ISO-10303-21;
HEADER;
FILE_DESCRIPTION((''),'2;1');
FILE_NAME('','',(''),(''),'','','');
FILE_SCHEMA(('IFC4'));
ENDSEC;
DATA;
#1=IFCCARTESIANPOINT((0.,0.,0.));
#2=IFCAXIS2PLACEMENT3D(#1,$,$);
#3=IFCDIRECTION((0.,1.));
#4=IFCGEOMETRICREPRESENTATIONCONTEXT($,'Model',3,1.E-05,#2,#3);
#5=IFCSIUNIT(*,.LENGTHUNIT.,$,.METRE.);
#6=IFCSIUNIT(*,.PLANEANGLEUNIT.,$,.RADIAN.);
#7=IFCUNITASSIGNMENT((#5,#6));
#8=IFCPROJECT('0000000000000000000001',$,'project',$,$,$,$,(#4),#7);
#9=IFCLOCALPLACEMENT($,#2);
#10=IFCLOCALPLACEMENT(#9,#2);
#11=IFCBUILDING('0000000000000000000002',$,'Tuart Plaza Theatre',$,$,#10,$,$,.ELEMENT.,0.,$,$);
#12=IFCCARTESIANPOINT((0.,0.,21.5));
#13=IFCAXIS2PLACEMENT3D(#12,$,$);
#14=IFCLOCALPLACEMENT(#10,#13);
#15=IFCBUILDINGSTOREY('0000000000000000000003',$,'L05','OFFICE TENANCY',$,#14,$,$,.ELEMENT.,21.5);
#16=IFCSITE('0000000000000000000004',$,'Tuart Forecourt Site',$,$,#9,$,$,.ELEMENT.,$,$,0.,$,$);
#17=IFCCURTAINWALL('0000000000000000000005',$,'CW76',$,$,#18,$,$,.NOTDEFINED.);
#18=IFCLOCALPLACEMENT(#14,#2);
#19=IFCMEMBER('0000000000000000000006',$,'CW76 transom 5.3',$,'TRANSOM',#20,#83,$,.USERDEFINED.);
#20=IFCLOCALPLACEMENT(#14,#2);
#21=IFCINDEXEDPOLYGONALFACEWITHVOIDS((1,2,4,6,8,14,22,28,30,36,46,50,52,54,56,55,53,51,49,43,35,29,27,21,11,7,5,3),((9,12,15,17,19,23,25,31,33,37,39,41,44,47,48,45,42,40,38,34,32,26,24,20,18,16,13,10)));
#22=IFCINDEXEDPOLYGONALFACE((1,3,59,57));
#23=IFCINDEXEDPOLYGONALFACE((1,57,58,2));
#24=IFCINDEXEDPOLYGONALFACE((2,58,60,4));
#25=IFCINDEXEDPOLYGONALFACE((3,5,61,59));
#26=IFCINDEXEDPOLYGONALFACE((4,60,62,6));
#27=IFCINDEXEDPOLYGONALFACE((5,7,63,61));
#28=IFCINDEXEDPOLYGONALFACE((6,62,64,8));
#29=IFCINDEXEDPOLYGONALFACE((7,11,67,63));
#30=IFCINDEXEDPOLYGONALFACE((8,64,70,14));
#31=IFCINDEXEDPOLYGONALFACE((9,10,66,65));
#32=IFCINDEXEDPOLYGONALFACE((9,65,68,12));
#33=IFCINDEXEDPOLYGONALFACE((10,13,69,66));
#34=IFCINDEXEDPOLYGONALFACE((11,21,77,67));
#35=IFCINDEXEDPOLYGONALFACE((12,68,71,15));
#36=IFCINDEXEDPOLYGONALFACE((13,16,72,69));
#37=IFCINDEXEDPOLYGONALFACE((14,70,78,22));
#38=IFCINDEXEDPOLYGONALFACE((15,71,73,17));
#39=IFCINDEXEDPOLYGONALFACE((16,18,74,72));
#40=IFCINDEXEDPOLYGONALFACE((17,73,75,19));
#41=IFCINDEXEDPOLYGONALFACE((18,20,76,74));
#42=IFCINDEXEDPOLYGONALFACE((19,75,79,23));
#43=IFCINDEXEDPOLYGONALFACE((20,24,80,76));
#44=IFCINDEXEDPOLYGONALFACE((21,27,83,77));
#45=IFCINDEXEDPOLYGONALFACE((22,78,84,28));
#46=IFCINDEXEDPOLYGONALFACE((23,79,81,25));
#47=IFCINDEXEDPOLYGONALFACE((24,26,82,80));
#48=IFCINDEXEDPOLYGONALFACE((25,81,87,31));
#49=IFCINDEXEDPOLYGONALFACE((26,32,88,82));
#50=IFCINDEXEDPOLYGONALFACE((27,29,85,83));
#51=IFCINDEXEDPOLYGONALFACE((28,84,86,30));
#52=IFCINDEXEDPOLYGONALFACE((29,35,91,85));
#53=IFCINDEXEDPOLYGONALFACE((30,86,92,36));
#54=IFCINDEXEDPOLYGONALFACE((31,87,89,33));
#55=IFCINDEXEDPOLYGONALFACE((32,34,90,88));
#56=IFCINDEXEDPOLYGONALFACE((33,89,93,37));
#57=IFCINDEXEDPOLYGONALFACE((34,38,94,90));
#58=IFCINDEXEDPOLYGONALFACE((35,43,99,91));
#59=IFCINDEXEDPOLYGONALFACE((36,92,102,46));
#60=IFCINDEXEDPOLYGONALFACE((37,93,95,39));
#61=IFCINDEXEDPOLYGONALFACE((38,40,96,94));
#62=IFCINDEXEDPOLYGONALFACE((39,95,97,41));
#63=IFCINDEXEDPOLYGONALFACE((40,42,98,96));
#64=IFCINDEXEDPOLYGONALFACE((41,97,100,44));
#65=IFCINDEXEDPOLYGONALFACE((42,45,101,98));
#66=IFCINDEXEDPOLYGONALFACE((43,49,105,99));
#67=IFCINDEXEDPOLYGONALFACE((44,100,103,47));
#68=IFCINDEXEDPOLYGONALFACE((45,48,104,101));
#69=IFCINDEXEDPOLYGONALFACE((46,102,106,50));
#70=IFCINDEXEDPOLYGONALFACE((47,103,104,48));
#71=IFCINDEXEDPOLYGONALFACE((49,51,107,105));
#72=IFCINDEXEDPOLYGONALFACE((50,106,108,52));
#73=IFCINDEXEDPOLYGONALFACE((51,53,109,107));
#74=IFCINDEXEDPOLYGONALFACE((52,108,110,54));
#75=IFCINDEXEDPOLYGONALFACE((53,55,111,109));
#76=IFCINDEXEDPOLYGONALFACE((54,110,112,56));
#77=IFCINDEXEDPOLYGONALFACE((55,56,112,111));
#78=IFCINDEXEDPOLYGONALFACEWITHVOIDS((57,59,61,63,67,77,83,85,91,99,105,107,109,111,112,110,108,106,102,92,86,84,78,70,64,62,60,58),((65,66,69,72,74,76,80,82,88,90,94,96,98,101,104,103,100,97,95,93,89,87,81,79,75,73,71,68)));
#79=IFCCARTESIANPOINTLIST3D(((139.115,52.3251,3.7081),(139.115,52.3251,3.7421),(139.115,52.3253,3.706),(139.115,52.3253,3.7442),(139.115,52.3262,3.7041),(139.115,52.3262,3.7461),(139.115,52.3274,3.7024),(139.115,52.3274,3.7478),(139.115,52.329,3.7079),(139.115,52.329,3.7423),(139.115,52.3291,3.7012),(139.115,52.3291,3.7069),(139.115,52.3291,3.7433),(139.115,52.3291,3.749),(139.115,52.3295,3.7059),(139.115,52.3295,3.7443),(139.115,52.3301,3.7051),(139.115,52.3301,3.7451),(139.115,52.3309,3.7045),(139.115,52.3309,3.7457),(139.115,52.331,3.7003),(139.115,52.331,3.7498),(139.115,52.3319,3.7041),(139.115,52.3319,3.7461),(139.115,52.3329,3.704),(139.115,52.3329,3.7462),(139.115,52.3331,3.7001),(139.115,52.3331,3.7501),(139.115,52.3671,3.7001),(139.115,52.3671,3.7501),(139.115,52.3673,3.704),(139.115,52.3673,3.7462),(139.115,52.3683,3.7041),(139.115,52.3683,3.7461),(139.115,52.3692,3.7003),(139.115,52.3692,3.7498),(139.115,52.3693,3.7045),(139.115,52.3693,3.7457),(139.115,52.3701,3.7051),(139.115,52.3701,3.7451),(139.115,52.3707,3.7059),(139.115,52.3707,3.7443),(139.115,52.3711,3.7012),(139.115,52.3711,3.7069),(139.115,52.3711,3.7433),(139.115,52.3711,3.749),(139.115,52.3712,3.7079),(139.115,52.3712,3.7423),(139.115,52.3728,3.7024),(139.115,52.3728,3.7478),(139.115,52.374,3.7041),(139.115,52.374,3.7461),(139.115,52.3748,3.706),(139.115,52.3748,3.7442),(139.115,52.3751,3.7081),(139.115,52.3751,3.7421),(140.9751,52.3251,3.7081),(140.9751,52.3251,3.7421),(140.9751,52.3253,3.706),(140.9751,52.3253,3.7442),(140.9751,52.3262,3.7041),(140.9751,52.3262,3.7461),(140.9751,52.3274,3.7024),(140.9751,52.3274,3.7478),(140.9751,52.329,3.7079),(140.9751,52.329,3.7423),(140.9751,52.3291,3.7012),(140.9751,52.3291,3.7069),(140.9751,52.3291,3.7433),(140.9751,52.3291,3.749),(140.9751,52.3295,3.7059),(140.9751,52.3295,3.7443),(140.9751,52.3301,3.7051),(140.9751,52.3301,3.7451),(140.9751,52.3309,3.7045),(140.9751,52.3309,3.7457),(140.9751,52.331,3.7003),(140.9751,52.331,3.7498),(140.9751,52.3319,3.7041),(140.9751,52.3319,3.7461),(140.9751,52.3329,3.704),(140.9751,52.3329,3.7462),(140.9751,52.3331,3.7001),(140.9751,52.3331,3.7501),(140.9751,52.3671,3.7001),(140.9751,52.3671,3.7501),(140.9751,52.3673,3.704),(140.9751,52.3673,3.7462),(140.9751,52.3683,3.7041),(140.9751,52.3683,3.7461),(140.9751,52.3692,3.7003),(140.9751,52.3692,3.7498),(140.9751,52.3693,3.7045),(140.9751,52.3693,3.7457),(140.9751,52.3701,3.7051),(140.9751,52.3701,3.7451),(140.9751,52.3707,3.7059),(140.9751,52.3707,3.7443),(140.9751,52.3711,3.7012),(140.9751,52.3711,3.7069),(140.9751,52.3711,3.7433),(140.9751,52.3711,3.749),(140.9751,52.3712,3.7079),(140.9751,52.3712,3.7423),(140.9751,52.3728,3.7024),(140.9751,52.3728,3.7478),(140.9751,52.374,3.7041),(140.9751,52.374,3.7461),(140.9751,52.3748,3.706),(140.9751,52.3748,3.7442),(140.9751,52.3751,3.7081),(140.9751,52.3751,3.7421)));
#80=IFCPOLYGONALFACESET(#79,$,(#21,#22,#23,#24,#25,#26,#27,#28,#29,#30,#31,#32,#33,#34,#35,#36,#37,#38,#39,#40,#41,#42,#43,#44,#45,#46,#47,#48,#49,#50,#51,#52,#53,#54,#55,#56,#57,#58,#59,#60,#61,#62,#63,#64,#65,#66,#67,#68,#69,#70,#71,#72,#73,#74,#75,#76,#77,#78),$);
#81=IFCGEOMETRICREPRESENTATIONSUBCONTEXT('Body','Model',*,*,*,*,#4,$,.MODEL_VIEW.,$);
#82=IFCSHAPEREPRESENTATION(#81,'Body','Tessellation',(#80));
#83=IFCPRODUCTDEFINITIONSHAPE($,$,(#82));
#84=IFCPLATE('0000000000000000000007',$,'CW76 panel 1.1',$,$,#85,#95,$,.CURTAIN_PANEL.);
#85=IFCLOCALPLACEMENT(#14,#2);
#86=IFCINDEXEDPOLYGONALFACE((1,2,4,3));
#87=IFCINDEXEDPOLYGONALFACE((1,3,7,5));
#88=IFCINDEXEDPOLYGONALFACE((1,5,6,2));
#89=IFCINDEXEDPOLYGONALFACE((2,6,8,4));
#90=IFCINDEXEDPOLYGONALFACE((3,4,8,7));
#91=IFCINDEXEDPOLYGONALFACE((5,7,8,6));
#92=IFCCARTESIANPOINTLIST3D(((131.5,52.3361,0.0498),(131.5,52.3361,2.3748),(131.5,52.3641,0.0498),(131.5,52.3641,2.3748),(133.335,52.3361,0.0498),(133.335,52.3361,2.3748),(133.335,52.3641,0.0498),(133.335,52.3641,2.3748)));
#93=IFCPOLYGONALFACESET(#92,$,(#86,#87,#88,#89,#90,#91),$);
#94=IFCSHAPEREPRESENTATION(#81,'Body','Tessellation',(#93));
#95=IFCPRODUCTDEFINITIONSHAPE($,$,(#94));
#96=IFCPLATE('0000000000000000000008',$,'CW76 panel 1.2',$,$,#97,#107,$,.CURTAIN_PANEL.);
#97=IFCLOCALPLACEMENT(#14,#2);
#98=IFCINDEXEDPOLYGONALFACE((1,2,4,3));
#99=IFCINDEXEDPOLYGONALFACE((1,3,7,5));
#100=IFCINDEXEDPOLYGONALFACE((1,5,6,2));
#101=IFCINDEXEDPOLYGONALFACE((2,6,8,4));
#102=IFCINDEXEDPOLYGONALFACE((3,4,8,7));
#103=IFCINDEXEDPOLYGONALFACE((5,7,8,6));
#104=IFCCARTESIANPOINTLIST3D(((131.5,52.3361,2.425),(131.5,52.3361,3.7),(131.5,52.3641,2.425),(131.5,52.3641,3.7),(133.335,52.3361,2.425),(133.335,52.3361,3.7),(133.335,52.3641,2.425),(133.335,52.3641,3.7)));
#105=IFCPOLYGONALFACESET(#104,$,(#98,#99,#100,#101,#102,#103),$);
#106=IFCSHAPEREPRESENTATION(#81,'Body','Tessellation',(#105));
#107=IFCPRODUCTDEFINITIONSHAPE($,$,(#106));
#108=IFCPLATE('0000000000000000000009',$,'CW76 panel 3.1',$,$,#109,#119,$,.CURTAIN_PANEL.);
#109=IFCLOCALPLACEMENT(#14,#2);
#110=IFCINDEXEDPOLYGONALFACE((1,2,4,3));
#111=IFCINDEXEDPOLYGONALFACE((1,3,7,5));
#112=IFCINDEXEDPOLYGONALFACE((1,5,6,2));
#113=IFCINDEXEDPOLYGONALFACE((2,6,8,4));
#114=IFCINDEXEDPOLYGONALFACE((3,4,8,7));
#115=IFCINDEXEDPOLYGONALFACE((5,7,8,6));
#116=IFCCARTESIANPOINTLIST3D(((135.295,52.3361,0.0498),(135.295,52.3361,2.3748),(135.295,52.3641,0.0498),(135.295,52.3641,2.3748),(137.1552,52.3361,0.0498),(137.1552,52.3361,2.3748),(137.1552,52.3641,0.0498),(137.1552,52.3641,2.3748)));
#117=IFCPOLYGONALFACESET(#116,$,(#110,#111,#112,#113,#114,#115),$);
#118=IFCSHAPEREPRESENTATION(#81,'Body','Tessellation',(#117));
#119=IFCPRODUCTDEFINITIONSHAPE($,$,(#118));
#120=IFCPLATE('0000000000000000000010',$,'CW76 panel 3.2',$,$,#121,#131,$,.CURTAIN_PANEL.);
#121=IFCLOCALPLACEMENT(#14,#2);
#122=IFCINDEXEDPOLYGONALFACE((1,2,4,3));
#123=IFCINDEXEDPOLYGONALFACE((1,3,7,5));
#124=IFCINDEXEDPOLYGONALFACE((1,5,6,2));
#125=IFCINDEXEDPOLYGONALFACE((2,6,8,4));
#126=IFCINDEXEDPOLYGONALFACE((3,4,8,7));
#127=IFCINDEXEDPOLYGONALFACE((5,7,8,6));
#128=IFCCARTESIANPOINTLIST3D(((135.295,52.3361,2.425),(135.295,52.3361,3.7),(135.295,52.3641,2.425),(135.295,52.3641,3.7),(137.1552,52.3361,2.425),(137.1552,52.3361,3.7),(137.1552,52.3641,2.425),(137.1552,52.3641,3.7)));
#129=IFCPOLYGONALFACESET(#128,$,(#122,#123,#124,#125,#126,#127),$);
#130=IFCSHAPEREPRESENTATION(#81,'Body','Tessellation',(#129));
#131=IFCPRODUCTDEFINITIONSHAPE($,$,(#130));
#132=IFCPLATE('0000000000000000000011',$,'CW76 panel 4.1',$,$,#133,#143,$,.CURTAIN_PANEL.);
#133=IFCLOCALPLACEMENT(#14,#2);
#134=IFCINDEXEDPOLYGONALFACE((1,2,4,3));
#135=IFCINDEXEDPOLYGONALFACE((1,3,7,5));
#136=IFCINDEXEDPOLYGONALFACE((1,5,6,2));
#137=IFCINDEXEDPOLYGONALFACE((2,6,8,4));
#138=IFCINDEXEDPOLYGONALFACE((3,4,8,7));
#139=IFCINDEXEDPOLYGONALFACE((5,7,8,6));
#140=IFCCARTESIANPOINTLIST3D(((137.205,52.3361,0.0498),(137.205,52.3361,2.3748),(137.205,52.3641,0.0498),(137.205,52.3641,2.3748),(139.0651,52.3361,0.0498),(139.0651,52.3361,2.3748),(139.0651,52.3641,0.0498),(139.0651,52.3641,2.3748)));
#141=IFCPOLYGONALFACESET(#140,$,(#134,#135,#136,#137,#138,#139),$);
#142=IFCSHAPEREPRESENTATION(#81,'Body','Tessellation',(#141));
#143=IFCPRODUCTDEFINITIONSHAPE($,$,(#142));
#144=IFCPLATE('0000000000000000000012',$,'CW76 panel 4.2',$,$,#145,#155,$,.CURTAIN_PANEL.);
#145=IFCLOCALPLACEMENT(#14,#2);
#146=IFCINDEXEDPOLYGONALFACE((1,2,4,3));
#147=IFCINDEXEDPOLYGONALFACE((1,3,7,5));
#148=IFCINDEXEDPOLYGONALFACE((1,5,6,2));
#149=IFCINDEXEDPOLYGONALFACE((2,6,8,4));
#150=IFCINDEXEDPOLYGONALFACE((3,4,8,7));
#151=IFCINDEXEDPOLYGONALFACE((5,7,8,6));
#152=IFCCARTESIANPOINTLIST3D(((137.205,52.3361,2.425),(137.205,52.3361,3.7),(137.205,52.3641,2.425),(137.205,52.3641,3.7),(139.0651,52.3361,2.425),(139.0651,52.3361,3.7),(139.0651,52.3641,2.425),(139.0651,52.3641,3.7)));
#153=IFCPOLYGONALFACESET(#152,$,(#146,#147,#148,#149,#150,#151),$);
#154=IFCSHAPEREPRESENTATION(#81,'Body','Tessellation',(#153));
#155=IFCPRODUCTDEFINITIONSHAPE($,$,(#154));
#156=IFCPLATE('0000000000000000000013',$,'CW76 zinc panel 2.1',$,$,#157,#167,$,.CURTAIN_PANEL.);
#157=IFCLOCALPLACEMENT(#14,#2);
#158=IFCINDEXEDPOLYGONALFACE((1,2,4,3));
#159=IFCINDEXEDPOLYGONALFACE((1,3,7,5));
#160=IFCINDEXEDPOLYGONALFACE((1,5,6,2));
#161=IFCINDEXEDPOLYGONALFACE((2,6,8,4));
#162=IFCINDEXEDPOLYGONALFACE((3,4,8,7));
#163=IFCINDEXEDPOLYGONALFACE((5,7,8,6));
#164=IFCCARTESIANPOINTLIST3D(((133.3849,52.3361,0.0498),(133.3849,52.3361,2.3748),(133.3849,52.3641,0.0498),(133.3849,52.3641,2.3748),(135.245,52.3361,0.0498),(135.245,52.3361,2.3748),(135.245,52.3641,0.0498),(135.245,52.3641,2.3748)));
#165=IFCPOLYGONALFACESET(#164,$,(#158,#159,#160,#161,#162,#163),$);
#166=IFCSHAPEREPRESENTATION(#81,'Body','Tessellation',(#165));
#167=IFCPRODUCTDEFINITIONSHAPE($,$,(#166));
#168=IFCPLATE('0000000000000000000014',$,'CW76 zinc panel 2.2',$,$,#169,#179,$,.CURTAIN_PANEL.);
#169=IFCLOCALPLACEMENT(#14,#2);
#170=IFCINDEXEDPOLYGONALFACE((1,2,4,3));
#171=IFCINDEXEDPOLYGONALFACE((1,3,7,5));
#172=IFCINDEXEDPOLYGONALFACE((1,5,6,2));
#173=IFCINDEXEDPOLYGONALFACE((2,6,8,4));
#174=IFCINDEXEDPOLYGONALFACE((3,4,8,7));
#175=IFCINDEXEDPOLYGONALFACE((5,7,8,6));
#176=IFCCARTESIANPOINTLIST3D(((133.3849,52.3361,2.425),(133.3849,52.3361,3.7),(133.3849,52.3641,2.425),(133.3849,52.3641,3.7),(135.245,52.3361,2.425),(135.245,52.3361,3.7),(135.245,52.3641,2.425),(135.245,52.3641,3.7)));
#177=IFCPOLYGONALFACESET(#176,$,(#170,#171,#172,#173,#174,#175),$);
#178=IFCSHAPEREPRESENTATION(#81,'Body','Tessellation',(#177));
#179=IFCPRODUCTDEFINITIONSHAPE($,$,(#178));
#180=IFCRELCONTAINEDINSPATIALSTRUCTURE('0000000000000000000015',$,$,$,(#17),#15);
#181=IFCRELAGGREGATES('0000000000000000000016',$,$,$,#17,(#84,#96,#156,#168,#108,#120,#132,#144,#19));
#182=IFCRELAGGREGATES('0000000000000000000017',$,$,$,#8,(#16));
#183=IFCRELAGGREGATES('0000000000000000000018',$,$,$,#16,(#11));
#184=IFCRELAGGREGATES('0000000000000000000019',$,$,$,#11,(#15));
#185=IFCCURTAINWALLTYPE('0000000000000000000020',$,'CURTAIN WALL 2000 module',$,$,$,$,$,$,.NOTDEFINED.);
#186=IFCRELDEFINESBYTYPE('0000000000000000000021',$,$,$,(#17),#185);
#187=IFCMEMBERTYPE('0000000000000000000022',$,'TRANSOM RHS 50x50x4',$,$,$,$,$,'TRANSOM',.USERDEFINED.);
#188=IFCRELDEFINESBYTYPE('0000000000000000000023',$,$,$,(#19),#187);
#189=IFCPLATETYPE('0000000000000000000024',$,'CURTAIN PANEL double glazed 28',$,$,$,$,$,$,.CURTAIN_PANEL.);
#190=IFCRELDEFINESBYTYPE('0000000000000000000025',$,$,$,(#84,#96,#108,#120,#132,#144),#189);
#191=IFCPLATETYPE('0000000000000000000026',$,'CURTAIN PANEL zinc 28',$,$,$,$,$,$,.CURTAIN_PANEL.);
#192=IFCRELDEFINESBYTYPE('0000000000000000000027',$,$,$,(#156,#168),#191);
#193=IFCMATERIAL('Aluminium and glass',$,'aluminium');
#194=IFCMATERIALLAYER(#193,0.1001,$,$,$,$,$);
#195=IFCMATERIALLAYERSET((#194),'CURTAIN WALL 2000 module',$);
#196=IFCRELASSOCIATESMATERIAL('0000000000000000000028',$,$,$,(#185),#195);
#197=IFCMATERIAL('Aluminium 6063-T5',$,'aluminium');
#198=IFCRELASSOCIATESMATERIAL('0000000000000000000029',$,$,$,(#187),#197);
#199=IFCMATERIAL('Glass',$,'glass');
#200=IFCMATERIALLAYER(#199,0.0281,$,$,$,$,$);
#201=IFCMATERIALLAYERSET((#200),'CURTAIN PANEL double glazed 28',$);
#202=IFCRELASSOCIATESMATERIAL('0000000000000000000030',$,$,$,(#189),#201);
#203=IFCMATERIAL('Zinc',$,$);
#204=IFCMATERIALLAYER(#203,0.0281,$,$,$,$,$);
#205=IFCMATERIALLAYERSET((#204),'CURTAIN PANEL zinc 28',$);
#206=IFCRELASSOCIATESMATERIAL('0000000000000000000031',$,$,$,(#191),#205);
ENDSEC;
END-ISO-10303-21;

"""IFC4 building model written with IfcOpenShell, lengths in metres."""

from ifc_helpers import new_model, si_unit, direction, frame, origin, origin_2d, place, context, subcontext, project, spatial, rectangle, hollow_rectangle, extrude, material, layer, layer_set, material_profile, profile_set, type_object, element, aggregate, save


model = new_model("IFC4")

# Units and contexts
model_context = context("Model", 3, precision=1e-05, world=origin(), true_north=direction((0.0, 1.0)))
body_context = subcontext(model_context, "Body", "Model", "MODEL_VIEW")
ifc_project = project(units=[si_unit("LENGTHUNIT", "METRE"), si_unit("PLANEANGLEUNIT", "RADIAN")], contexts=[model_context])

# Site, building, storey
site_placement = place(None, origin())
site = spatial("IfcSite", under=ifc_project, at=site_placement, Name="Tuart Forecourt Site", CompositionType="ELEMENT", RefElevation=0.0)
building_placement = place(site_placement, origin())
building = spatial("IfcBuilding", under=site, at=building_placement, Name="Tuart Plaza Theatre", CompositionType="ELEMENT", ElevationOfRefHeight=0.0)
storey_placement = place(building_placement, frame((0.0, 0.0, 21.5)))
storey = spatial("IfcBuildingStorey", under=building, at=storey_placement, Name="L05", Description="OFFICE TENANCY", CompositionType="ELEMENT", Elevation=21.5)

# Curtain wall, member, plates
ifc_material_1 = material(Name="Aluminium and glass", Category="aluminium")
ifc_layer_1 = layer(ifc_material_1, 0.1001)
ifc_layer_set_1 = layer_set([ifc_layer_1], Name="CURTAIN WALL 2000 module")
curtain_wall_type = type_object("IfcCurtainWallType", Name="CURTAIN WALL 2000 module", PredefinedType="NOTDEFINED", material=ifc_layer_set_1)
curtain_wall_placement = place(storey_placement, origin())
curtain_wall = element("IfcCurtainWall", 1, at=curtain_wall_placement, inside=storey, type_object=curtain_wall_type, Name="CW76", PredefinedType="NOTDEFINED")
ifc_material_2 = material(Name="Aluminium 6063-T5", Category="aluminium")
ifc_material_profile_1 = material_profile(ifc_material_2, hollow_rectangle(XDim=0.05, YDim=0.05, WallThickness=0.0039, InnerFilletRadius=0.0039, OuterFilletRadius=0.0081, at=origin_2d()), Name="RHS 50x50x4")
ifc_profile_set_1 = profile_set([ifc_material_profile_1], Name="Aluminium 6063-T5")
member_type_1 = type_object("IfcMemberType", Name="TRANSOM RHS 50x50x4", ElementType="TRANSOM", PredefinedType="USERDEFINED", material=ifc_profile_set_1)
member_1_placement = place(storey_placement, frame((139.115, 52.3501, 3.7251), z_axis=(1.0, 0.0, 0.0), x_axis=(0.0, 1.0, 0.0)))
member_1 = element("IfcMember", 2, at=member_1_placement, type_object=member_type_1, Name="CW76 transom 5.3", ObjectType="TRANSOM", PredefinedType="USERDEFINED", context=body_context, shape_type="SweptSolid", body=[
    extrude(hollow_rectangle(XDim=0.05, YDim=0.05, WallThickness=0.0039, InnerFilletRadius=0.0039, OuterFilletRadius=0.0081, at=origin_2d()), origin(), (0.0, 0.0, 1.0), 1.8601),
])
ifc_material_3 = material(Name="Glass", Category="glass")
ifc_layer_2 = layer(ifc_material_3, 0.0281)
ifc_layer_set_2 = layer_set([ifc_layer_2], Name="CURTAIN PANEL double glazed 28")
plate_type_1 = type_object("IfcPlateType", Name="CURTAIN PANEL double glazed 28", PredefinedType="CURTAIN_PANEL", material=ifc_layer_set_2)
plate_1_placement = place(storey_placement, frame((132.4175, 52.3501, 0.0498), z_axis=(0.0, 0.0, 1.0), x_axis=(1.0, 0.0, 0.0)))
plate_1 = element("IfcPlate", 3, at=plate_1_placement, type_object=plate_type_1, Name="CW76 panel 1.1", PredefinedType="CURTAIN_PANEL", context=body_context, shape_type="SweptSolid", body=[
    extrude(rectangle(XDim=1.835, YDim=0.0281, at=origin_2d()), origin(), (0.0, 0.0, 1.0), 2.325),
])
plate_2_placement = place(storey_placement, frame((132.4175, 52.3501, 2.425), z_axis=(0.0, 0.0, 1.0), x_axis=(1.0, 0.0, 0.0)))
plate_2 = element("IfcPlate", 4, at=plate_2_placement, type_object=plate_type_1, Name="CW76 panel 1.2", PredefinedType="CURTAIN_PANEL", context=body_context, shape_type="SweptSolid", body=[
    extrude(rectangle(XDim=1.835, YDim=0.0281, at=origin_2d()), origin(), (0.0, 0.0, 1.0), 1.2749),
])
plate_3_placement = place(storey_placement, frame((136.2251, 52.3501, 0.0498), z_axis=(0.0, 0.0, 1.0), x_axis=(1.0, 0.0, 0.0)))
plate_3 = element("IfcPlate", 5, at=plate_3_placement, type_object=plate_type_1, Name="CW76 panel 3.1", PredefinedType="CURTAIN_PANEL", context=body_context, shape_type="SweptSolid", body=[
    extrude(rectangle(XDim=1.8601, YDim=0.0281, at=origin_2d()), origin(), (0.0, 0.0, 1.0), 2.325),
])
plate_4_placement = place(storey_placement, frame((136.2251, 52.3501, 2.425), z_axis=(0.0, 0.0, 1.0), x_axis=(1.0, 0.0, 0.0)))
plate_4 = element("IfcPlate", 6, at=plate_4_placement, type_object=plate_type_1, Name="CW76 panel 3.2", PredefinedType="CURTAIN_PANEL", context=body_context, shape_type="SweptSolid", body=[
    extrude(rectangle(XDim=1.8601, YDim=0.0281, at=origin_2d()), origin(), (0.0, 0.0, 1.0), 1.2749),
])
plate_5_placement = place(storey_placement, frame((138.135, 52.3501, 0.0498), z_axis=(0.0, 0.0, 1.0), x_axis=(1.0, 0.0, 0.0)))
plate_5 = element("IfcPlate", 7, at=plate_5_placement, type_object=plate_type_1, Name="CW76 panel 4.1", PredefinedType="CURTAIN_PANEL", context=body_context, shape_type="SweptSolid", body=[
    extrude(rectangle(XDim=1.8601, YDim=0.0281, at=origin_2d()), origin(), (0.0, 0.0, 1.0), 2.325),
])
plate_6_placement = place(storey_placement, frame((138.135, 52.3501, 2.425), z_axis=(0.0, 0.0, 1.0), x_axis=(1.0, 0.0, 0.0)))
plate_6 = element("IfcPlate", 8, at=plate_6_placement, type_object=plate_type_1, Name="CW76 panel 4.2", PredefinedType="CURTAIN_PANEL", context=body_context, shape_type="SweptSolid", body=[
    extrude(rectangle(XDim=1.8601, YDim=0.0281, at=origin_2d()), origin(), (0.0, 0.0, 1.0), 1.2749),
])
ifc_material_4 = material(Name="Zinc")
ifc_layer_3 = layer(ifc_material_4, 0.0281)
ifc_layer_set_3 = layer_set([ifc_layer_3], Name="CURTAIN PANEL zinc 28")
plate_type_2 = type_object("IfcPlateType", Name="CURTAIN PANEL zinc 28", PredefinedType="CURTAIN_PANEL", material=ifc_layer_set_3)
plate_7_placement = place(storey_placement, frame((134.3149, 52.3501, 0.0498), z_axis=(0.0, 0.0, 1.0), x_axis=(1.0, 0.0, 0.0)))
plate_7 = element("IfcPlate", 9, at=plate_7_placement, type_object=plate_type_2, Name="CW76 zinc panel 2.1", PredefinedType="CURTAIN_PANEL", context=body_context, shape_type="SweptSolid", body=[
    extrude(rectangle(XDim=1.8601, YDim=0.0281, at=origin_2d()), origin(), (0.0, 0.0, 1.0), 2.325),
])
plate_8_placement = place(storey_placement, frame((134.3149, 52.3501, 2.425), z_axis=(0.0, 0.0, 1.0), x_axis=(1.0, 0.0, 0.0)))
plate_8 = element("IfcPlate", 10, at=plate_8_placement, type_object=plate_type_2, Name="CW76 zinc panel 2.2", PredefinedType="CURTAIN_PANEL", context=body_context, shape_type="SweptSolid", body=[
    extrude(rectangle(XDim=1.8601, YDim=0.0281, at=origin_2d()), origin(), (0.0, 0.0, 1.0), 1.2749),
])
aggregate(curtain_wall, [plate_1, plate_2, plate_7, plate_8, plate_3, plate_4, plate_5, plate_6, member_1])

save(model, "model.ifc")
